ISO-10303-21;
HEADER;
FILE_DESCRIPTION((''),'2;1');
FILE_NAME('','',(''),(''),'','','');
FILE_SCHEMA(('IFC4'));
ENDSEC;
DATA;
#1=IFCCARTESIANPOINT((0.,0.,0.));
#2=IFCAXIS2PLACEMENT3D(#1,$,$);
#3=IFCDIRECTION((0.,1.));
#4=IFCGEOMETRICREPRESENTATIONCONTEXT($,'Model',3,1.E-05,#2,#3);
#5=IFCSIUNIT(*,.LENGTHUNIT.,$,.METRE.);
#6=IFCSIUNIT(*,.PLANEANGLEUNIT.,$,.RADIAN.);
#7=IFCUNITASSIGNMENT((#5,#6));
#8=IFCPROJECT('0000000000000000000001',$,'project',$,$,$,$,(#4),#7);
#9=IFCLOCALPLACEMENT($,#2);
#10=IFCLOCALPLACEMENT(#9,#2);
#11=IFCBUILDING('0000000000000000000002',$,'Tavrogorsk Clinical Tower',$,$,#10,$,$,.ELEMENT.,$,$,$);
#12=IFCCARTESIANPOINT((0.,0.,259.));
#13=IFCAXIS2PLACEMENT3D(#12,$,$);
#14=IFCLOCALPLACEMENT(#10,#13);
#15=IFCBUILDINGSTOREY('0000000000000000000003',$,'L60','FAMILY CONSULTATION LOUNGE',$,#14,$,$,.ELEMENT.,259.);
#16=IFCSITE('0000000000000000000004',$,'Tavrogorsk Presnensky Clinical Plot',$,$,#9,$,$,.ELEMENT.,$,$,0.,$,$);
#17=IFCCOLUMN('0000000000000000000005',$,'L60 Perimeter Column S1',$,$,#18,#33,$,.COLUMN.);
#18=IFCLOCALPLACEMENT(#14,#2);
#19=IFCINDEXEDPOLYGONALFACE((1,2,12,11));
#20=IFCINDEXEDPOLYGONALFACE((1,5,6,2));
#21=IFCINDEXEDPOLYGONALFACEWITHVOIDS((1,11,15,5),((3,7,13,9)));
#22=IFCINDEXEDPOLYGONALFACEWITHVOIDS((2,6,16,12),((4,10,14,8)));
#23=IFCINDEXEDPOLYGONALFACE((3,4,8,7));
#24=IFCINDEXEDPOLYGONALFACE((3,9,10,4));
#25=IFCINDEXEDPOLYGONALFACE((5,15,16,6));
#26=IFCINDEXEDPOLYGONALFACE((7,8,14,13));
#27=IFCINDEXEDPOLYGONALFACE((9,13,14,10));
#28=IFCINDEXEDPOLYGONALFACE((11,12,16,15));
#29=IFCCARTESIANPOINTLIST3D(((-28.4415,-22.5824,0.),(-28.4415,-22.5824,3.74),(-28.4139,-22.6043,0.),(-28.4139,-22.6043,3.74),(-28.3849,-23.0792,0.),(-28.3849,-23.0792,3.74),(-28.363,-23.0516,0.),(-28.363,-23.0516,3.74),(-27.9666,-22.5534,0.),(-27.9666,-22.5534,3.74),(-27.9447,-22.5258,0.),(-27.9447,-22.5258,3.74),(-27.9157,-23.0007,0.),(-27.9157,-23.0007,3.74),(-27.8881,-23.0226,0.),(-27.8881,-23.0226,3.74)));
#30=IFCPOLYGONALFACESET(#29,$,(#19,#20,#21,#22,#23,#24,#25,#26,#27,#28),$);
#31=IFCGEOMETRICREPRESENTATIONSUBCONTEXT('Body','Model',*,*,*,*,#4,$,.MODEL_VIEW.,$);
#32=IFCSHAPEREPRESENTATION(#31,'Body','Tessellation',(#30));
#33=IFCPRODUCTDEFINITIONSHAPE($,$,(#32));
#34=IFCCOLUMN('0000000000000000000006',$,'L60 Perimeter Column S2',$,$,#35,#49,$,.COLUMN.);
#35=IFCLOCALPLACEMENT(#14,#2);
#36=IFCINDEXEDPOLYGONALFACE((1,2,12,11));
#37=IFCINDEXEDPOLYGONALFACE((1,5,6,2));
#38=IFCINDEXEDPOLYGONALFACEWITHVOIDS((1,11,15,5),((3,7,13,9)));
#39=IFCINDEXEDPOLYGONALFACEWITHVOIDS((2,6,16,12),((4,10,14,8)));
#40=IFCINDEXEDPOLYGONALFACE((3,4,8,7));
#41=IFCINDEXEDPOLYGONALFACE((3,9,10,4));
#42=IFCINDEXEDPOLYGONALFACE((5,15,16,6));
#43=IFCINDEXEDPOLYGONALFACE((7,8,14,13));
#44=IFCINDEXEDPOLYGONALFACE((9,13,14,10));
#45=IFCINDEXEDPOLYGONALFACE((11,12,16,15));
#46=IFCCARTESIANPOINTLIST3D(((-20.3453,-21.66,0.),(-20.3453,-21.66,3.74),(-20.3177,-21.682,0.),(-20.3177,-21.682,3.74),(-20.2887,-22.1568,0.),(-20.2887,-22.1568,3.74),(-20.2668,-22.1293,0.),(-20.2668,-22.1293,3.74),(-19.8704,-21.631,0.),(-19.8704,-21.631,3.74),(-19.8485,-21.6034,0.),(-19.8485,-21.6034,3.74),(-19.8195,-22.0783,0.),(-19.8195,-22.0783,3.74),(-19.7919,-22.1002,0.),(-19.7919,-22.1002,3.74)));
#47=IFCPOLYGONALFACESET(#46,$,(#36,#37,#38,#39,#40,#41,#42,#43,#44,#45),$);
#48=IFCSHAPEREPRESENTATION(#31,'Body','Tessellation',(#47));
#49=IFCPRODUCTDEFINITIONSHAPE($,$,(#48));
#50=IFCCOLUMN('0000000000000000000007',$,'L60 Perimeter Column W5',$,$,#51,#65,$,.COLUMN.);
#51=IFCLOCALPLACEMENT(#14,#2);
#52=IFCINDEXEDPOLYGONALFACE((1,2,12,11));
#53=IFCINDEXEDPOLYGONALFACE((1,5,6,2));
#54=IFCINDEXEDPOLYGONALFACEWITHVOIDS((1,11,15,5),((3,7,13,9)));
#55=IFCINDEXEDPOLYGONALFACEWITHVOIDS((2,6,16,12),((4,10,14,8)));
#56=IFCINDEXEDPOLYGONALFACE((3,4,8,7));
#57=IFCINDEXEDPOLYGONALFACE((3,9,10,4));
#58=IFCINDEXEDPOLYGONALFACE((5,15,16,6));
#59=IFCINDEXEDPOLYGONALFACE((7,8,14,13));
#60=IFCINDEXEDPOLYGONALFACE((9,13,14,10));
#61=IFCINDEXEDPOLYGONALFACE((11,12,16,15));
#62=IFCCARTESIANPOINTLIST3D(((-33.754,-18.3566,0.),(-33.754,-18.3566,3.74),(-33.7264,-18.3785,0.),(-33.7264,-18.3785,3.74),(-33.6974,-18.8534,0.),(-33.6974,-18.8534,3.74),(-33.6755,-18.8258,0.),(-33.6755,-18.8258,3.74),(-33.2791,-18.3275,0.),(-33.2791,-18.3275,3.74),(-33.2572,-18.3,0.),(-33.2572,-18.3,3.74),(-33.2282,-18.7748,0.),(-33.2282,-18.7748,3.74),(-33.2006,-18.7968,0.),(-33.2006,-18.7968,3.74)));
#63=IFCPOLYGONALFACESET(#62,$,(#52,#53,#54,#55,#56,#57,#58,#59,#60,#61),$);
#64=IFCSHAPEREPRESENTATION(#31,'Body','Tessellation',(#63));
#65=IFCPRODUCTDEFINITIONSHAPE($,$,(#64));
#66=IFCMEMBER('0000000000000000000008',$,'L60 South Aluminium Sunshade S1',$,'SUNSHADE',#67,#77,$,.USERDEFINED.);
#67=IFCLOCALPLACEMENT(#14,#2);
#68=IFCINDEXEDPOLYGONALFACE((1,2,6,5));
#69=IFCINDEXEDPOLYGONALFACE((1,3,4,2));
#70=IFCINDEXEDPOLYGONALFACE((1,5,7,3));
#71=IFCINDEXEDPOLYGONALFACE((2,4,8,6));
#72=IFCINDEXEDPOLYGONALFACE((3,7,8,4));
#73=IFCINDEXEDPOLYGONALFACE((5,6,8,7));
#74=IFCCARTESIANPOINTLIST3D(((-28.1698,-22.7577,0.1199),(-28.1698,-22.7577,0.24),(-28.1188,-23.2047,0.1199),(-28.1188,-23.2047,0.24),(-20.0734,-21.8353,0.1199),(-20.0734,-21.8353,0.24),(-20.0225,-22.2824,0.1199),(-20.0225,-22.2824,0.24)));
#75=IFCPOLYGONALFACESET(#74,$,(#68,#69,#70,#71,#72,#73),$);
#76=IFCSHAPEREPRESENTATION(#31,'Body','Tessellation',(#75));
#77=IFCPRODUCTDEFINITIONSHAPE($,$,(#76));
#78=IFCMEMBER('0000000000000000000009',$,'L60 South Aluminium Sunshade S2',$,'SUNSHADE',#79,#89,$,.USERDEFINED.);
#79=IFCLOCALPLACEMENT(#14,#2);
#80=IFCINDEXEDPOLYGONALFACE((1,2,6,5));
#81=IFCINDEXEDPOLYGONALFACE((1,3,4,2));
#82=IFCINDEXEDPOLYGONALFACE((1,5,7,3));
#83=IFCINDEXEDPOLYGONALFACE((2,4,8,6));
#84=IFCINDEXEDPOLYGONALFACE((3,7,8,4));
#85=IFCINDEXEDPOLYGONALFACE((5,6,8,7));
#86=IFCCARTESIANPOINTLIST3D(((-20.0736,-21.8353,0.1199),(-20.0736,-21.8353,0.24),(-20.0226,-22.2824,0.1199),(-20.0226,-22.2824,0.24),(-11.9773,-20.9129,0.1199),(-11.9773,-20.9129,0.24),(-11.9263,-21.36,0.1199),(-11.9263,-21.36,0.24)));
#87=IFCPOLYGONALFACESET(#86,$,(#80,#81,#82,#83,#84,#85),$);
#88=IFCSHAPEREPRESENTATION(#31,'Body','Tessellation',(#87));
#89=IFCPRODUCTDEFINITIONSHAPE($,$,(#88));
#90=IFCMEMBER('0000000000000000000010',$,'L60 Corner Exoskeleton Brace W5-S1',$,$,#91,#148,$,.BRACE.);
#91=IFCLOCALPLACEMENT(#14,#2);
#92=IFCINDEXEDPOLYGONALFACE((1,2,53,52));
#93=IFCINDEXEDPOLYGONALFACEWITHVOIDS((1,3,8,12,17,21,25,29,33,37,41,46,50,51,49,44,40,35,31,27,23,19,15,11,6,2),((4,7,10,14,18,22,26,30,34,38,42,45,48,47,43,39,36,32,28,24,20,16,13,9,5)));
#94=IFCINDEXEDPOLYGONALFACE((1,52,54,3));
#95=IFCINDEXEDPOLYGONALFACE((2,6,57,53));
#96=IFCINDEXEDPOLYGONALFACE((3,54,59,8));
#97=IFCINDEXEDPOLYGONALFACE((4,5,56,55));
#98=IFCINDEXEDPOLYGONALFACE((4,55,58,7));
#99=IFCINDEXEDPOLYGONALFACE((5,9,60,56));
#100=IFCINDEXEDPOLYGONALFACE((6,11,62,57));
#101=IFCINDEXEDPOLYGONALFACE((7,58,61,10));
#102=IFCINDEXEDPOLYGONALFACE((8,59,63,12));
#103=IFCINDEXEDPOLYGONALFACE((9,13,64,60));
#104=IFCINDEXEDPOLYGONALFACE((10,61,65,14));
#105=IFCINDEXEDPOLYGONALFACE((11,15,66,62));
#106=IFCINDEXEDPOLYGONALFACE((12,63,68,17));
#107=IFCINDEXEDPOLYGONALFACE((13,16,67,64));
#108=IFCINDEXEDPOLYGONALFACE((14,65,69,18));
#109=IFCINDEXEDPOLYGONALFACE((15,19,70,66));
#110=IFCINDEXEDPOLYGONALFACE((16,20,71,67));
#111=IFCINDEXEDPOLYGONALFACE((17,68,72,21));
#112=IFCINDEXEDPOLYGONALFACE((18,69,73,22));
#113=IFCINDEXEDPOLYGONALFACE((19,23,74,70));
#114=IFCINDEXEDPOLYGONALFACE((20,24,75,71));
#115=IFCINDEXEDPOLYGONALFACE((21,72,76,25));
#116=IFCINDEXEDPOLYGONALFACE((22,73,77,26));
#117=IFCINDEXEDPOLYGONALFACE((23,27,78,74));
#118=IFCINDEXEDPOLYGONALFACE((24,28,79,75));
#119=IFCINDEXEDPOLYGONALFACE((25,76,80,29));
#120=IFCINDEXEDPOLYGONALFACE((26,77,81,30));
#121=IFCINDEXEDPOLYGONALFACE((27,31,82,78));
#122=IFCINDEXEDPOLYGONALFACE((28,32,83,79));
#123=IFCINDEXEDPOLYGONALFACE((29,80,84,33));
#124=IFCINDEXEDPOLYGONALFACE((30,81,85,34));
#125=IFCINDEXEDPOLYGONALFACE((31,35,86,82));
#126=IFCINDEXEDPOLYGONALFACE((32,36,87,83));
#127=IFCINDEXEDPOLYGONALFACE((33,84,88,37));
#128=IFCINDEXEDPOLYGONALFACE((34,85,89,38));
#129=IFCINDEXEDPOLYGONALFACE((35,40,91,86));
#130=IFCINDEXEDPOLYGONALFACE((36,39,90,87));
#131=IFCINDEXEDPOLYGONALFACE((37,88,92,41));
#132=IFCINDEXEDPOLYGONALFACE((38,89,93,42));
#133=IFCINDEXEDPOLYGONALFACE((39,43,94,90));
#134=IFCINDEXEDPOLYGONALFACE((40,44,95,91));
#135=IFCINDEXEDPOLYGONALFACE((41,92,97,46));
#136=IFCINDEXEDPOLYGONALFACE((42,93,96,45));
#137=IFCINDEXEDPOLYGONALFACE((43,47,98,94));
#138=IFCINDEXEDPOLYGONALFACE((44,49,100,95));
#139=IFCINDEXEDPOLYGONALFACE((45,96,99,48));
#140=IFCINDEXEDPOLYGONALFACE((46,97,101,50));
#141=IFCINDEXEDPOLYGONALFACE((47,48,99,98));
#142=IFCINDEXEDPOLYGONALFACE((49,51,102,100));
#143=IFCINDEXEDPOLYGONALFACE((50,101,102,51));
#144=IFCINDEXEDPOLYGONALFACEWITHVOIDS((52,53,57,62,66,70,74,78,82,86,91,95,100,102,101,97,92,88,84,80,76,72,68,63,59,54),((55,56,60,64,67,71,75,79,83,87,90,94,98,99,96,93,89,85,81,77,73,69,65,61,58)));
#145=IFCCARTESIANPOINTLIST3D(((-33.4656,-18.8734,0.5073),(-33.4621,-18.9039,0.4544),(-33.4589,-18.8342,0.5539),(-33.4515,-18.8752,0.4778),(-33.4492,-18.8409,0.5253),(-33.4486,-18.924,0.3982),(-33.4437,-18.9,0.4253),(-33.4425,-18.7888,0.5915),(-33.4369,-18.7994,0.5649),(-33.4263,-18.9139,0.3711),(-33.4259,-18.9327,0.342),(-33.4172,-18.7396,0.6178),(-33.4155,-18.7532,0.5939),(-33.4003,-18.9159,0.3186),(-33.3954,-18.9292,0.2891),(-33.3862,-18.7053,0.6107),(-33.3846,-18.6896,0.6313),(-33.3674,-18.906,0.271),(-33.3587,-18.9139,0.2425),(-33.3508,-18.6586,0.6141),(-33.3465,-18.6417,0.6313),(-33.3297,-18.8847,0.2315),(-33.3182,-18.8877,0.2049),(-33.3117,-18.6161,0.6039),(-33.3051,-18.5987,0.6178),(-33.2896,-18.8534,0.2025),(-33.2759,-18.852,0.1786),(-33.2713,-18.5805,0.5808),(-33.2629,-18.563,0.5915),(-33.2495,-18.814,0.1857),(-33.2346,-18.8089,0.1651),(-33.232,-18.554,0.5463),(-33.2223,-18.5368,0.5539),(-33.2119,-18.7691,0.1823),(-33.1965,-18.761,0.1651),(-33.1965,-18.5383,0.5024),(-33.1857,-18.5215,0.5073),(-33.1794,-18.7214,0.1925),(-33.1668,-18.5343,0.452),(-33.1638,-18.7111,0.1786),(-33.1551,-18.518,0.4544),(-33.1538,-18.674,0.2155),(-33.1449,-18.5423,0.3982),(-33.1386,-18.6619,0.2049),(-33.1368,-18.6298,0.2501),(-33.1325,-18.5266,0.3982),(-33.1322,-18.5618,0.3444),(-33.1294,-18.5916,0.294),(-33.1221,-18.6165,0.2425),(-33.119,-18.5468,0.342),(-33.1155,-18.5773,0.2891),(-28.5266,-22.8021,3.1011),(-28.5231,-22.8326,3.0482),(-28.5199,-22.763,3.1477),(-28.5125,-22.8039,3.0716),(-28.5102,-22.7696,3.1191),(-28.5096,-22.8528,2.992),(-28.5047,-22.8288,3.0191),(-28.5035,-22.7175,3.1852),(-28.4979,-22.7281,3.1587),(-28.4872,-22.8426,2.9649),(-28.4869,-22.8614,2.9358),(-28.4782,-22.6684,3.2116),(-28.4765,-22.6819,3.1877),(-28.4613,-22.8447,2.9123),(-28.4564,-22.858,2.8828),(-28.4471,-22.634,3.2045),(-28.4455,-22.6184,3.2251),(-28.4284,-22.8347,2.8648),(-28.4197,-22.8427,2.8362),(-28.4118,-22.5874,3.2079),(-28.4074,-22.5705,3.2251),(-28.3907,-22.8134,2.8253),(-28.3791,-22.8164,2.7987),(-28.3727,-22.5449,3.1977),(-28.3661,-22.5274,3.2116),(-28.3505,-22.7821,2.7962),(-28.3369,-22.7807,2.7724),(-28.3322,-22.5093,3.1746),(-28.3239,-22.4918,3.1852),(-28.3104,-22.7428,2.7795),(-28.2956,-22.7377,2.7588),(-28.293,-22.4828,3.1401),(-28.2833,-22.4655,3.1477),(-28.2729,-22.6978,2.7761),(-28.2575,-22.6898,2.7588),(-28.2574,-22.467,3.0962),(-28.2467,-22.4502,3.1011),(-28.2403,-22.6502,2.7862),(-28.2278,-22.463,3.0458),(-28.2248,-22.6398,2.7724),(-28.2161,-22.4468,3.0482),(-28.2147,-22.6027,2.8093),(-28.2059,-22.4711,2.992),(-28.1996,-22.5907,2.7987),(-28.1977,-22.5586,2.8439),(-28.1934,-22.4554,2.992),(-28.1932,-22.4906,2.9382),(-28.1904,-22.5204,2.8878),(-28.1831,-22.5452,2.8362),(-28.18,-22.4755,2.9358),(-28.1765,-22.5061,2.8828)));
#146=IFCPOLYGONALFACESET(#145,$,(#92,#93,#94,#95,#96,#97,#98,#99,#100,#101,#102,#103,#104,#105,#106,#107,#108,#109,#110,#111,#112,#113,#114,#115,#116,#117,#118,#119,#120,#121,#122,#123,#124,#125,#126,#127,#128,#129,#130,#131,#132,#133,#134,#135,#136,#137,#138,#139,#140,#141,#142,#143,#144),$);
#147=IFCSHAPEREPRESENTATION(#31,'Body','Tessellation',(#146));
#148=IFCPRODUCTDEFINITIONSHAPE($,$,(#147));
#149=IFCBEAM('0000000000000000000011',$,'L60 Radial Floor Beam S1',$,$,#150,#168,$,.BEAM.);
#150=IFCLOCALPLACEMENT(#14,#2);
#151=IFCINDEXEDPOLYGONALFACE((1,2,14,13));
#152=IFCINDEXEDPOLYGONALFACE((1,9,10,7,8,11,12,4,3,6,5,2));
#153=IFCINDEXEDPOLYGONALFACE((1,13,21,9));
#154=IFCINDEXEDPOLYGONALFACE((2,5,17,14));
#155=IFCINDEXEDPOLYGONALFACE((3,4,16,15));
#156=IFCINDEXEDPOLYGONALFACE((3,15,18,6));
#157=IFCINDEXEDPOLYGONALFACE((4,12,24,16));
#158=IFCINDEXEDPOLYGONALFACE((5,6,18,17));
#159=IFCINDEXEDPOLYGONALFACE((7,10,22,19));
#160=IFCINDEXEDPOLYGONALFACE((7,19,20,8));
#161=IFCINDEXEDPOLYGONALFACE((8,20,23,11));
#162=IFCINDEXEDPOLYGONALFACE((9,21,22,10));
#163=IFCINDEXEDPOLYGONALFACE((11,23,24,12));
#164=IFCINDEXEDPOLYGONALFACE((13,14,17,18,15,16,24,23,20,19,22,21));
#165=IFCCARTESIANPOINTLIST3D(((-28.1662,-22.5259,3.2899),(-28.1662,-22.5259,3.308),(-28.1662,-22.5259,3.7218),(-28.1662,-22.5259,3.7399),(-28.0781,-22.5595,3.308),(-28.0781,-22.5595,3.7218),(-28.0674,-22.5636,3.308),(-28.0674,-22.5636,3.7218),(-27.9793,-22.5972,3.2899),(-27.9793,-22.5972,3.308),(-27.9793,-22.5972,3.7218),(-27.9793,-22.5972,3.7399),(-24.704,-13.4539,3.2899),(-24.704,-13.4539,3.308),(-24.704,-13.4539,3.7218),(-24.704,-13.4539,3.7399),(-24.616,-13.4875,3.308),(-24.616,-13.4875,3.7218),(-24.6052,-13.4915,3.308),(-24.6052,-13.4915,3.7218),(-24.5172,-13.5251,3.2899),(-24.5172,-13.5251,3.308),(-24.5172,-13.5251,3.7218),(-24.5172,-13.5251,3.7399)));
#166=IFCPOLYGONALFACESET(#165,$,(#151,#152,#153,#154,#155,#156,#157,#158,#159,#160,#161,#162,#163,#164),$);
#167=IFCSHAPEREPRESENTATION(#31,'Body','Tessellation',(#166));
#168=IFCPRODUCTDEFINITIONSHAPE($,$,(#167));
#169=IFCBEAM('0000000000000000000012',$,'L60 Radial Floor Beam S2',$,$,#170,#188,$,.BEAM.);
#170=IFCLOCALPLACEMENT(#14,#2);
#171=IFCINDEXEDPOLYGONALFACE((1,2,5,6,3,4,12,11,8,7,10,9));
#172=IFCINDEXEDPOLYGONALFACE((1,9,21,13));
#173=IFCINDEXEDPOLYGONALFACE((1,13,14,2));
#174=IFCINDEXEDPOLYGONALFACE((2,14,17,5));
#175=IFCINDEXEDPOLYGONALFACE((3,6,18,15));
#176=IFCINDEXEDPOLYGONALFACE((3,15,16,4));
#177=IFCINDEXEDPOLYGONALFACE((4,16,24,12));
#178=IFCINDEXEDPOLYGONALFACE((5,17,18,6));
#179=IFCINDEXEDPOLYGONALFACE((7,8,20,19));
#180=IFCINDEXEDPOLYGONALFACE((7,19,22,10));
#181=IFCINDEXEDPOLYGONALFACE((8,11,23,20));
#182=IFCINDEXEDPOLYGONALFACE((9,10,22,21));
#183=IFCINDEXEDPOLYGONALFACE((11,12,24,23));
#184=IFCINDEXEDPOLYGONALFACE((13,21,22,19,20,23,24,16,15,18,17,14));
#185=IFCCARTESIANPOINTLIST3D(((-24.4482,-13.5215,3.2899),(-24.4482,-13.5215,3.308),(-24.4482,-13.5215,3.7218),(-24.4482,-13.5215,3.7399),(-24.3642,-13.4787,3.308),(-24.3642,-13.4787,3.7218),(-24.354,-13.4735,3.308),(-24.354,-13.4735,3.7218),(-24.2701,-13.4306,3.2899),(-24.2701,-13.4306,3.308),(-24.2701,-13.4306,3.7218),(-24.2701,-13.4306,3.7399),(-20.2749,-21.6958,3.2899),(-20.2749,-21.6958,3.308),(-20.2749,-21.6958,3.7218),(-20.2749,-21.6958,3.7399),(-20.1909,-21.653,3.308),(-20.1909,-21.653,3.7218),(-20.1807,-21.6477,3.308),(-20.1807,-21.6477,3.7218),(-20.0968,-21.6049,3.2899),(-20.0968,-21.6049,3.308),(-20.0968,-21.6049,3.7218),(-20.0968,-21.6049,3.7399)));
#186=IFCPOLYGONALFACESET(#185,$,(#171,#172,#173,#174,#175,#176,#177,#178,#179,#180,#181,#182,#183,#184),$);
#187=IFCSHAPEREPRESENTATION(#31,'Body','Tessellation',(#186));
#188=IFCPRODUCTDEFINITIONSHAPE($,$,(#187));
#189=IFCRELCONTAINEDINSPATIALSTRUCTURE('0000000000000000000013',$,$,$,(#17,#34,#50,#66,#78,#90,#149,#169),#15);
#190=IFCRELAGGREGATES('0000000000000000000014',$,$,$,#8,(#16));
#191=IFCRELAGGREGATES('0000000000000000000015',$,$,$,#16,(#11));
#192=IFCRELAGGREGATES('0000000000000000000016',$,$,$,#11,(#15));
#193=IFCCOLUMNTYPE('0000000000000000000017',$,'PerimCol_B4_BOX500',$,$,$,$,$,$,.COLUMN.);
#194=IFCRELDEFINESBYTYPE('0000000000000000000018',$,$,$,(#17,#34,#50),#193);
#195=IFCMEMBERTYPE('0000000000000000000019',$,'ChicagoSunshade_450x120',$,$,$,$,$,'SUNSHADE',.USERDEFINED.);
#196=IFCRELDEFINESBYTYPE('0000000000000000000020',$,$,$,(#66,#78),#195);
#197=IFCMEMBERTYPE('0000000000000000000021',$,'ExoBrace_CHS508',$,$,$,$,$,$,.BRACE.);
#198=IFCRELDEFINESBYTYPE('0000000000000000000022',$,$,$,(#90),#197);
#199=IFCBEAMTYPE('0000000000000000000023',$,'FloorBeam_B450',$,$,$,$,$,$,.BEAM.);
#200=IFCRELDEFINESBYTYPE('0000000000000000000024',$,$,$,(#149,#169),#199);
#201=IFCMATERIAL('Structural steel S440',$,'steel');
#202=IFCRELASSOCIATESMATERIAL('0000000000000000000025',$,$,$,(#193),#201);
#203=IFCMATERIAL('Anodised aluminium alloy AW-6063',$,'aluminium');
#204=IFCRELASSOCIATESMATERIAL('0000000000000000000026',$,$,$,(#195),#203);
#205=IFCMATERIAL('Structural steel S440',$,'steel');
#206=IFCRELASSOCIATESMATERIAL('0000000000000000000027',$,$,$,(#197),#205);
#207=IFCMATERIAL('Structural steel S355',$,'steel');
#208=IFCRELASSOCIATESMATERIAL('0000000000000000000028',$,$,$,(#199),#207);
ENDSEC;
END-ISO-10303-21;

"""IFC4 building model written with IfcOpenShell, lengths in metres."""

from ifc_helpers import new_model, si_unit, direction, frame, origin, origin_2d, place, context, subcontext, project, spatial, rectangle, hollow_rectangle, hollow_circle, i_section, extrude, material, material_profile, profile_set, type_object, element, save


model = new_model("IFC4")

# Units and contexts
model_context = context("Model", 3, precision=1e-05, world=origin(), true_north=direction((0.0, 1.0)))
body_context = subcontext(model_context, "Body", "Model", "MODEL_VIEW")
ifc_project = project(units=[si_unit("LENGTHUNIT", "METRE"), si_unit("PLANEANGLEUNIT", "RADIAN")], contexts=[model_context])

# Site, building, storey
site_placement = place(None, origin())
site = spatial("IfcSite", under=ifc_project, at=site_placement, Name="Tavrogorsk Presnensky Clinical Plot", CompositionType="ELEMENT", RefElevation=0.0)
building_placement = place(site_placement, origin())
building = spatial("IfcBuilding", under=site, at=building_placement, Name="Tavrogorsk Clinical Tower", CompositionType="ELEMENT")
storey_placement = place(building_placement, frame((0.0, 0.0, 259.0)))
storey = spatial("IfcBuildingStorey", under=building, at=storey_placement, Name="L60", Description="FAMILY CONSULTATION LOUNGE", CompositionType="ELEMENT", Elevation=259.0)

# Columns
ifc_material_1 = material(Name="Structural steel S440", Category="steel")
ifc_material_profile_1 = material_profile(ifc_material_1, hollow_rectangle(XDim=0.5, YDim=0.5, WallThickness=0.0249, at=origin_2d()), Name="BOX-500x500x25")
ifc_profile_set_1 = profile_set([ifc_material_profile_1], Name="Structural steel S440")
column_type = type_object("IfcColumnType", Name="PerimCol_B4_BOX500", PredefinedType="COLUMN", material=ifc_profile_set_1)
for number, where, z_axis, x_axis, name in (
    (1, (-28.1648, -22.8025, 0.0), (0.0, 0.0, 1.0), (0.993572, 0.113203, 0.0), "L60 Perimeter Column S1"),
    (2, (-20.0686, -21.8801, 0.0), (0.0, 0.0, 1.0), (0.993572, 0.113203, 0.0), "L60 Perimeter Column S2"),
    (3, (-33.4773, -18.5767, 0.0), (0.0, 0.0, 1.0), (0.993572, 0.113203, 0.0), "L60 Perimeter Column W5"),
):
    element("IfcColumn", number, at=place(storey_placement, frame(where, z_axis=z_axis, x_axis=x_axis)), inside=storey, type_object=column_type, Name=name, PredefinedType="COLUMN", context=body_context, shape_type="SweptSolid", body=[
        extrude(hollow_rectangle(XDim=0.5, YDim=0.5, WallThickness=0.0249, at=origin_2d()), origin(), (0.0, 0.0, 1.0), 3.74),
    ])

# Members
ifc_material_2 = material(Name="Anodised aluminium alloy AW-6063", Category="aluminium")
ifc_material_profile_2 = material_profile(ifc_material_2, rectangle(XDim=0.45, YDim=0.1201, at=origin_2d()), Name="ALU-SUNSHADE-450x120")
ifc_profile_set_2 = profile_set([ifc_material_profile_2], Name="Anodised aluminium alloy AW-6063")
member_type_1 = type_object("IfcMemberType", Name="ChicagoSunshade_450x120", ElementType="SUNSHADE", PredefinedType="USERDEFINED", material=ifc_profile_set_2)
for number, where, z_axis, x_axis, name in (
    (4, (-28.1443, -22.9812, 0.1799), (0.993573, 0.113193, 0.0), (-0.113193, 0.993573, 0.0), "L60 South Aluminium Sunshade S1"),
    (5, (-20.0481, -22.0588, 0.1799), (0.993573, 0.113193, 0.0), (-0.113193, 0.993573, 0.0), "L60 South Aluminium Sunshade S2"),
):
    element("IfcMember", number, at=place(storey_placement, frame(where, z_axis=z_axis, x_axis=x_axis)), inside=storey, type_object=member_type_1, Name=name, ObjectType="SUNSHADE", PredefinedType="USERDEFINED", context=body_context, shape_type="SweptSolid", body=[
        extrude(rectangle(XDim=0.45, YDim=0.1201, at=origin_2d()), origin(), (0.0, 0.0, 1.0), 8.1487),
    ])
ifc_material_3 = material(Name="Structural steel S440", Category="steel")
ifc_material_profile_3 = material_profile(ifc_material_3, hollow_circle(Radius=0.2539, WallThickness=0.02, at=origin_2d()), Name="CHS-508x20")
ifc_profile_set_3 = profile_set([ifc_material_profile_3], Name="Structural steel S440")
member_type_2 = type_object("IfcMemberType", Name="ExoBrace_CHS508", PredefinedType="BRACE", material=ifc_profile_set_3)
member_1_placement = place(storey_placement, frame((-33.2905, -18.7253, 0.3982), z_axis=(0.723852, -0.575789, 0.380138), x_axis=(0.622522, 0.782602, 0.0)))
element("IfcMember", 6, at=member_1_placement, inside=storey, type_object=member_type_2, Name="L60 Corner Exoskeleton Brace W5-S1", PredefinedType="BRACE", context=body_context, shape_type="SweptSolid", body=[
    extrude(hollow_circle(Radius=0.2539, WallThickness=0.02, at=origin_2d()), origin(), (0.0, 0.0, 1.0), 6.8232),
])

# Beams
ifc_material_4 = material(Name="Structural steel S355", Category="steel")
ifc_material_profile_4 = material_profile(ifc_material_4, i_section(OverallWidth=0.2, OverallDepth=0.45, WebThickness=0.0115, FlangeThickness=0.0181, at=origin_2d()), Name="B-450x200x11.5x18")
ifc_profile_set_4 = profile_set([ifc_material_profile_4], Name="Structural steel S355")
beam_type_1 = type_object("IfcBeamType", Name="FloorBeam_B450", PredefinedType="BEAM", material=ifc_profile_set_4)
beam_1_placement = place(storey_placement, frame((-24.6106, -13.4895, 3.5149), z_axis=(-0.356548, -0.934277, 0.0), x_axis=(0.934277, -0.356548, 0.0)))
element("IfcBeam", 7, at=beam_1_placement, inside=storey, type_object=beam_type_1, Name="L60 Radial Floor Beam S1", PredefinedType="BEAM", context=body_context, shape_type="SweptSolid", body=[
    extrude(i_section(OverallWidth=0.2, OverallDepth=0.45, WebThickness=0.0115, FlangeThickness=0.0181, at=origin_2d()), origin(), (0.0, 0.0, 1.0), 9.7102),
])
beam_2_placement = place(storey_placement, frame((-24.3591, -13.4761, 3.5149), z_axis=(0.45471, -0.89064, 0.0), x_axis=(0.89064, 0.45471, 0.0)))
element("IfcBeam", 8, at=beam_2_placement, inside=storey, type_object=beam_type_1, Name="L60 Radial Floor Beam S2", PredefinedType="BEAM", context=body_context, shape_type="SweptSolid", body=[
    extrude(i_section(OverallWidth=0.2, OverallDepth=0.45, WebThickness=0.0115, FlangeThickness=0.0181, at=origin_2d()), origin(), (0.0, 0.0, 1.0), 9.178),
])

save(model, "model.ifc")
